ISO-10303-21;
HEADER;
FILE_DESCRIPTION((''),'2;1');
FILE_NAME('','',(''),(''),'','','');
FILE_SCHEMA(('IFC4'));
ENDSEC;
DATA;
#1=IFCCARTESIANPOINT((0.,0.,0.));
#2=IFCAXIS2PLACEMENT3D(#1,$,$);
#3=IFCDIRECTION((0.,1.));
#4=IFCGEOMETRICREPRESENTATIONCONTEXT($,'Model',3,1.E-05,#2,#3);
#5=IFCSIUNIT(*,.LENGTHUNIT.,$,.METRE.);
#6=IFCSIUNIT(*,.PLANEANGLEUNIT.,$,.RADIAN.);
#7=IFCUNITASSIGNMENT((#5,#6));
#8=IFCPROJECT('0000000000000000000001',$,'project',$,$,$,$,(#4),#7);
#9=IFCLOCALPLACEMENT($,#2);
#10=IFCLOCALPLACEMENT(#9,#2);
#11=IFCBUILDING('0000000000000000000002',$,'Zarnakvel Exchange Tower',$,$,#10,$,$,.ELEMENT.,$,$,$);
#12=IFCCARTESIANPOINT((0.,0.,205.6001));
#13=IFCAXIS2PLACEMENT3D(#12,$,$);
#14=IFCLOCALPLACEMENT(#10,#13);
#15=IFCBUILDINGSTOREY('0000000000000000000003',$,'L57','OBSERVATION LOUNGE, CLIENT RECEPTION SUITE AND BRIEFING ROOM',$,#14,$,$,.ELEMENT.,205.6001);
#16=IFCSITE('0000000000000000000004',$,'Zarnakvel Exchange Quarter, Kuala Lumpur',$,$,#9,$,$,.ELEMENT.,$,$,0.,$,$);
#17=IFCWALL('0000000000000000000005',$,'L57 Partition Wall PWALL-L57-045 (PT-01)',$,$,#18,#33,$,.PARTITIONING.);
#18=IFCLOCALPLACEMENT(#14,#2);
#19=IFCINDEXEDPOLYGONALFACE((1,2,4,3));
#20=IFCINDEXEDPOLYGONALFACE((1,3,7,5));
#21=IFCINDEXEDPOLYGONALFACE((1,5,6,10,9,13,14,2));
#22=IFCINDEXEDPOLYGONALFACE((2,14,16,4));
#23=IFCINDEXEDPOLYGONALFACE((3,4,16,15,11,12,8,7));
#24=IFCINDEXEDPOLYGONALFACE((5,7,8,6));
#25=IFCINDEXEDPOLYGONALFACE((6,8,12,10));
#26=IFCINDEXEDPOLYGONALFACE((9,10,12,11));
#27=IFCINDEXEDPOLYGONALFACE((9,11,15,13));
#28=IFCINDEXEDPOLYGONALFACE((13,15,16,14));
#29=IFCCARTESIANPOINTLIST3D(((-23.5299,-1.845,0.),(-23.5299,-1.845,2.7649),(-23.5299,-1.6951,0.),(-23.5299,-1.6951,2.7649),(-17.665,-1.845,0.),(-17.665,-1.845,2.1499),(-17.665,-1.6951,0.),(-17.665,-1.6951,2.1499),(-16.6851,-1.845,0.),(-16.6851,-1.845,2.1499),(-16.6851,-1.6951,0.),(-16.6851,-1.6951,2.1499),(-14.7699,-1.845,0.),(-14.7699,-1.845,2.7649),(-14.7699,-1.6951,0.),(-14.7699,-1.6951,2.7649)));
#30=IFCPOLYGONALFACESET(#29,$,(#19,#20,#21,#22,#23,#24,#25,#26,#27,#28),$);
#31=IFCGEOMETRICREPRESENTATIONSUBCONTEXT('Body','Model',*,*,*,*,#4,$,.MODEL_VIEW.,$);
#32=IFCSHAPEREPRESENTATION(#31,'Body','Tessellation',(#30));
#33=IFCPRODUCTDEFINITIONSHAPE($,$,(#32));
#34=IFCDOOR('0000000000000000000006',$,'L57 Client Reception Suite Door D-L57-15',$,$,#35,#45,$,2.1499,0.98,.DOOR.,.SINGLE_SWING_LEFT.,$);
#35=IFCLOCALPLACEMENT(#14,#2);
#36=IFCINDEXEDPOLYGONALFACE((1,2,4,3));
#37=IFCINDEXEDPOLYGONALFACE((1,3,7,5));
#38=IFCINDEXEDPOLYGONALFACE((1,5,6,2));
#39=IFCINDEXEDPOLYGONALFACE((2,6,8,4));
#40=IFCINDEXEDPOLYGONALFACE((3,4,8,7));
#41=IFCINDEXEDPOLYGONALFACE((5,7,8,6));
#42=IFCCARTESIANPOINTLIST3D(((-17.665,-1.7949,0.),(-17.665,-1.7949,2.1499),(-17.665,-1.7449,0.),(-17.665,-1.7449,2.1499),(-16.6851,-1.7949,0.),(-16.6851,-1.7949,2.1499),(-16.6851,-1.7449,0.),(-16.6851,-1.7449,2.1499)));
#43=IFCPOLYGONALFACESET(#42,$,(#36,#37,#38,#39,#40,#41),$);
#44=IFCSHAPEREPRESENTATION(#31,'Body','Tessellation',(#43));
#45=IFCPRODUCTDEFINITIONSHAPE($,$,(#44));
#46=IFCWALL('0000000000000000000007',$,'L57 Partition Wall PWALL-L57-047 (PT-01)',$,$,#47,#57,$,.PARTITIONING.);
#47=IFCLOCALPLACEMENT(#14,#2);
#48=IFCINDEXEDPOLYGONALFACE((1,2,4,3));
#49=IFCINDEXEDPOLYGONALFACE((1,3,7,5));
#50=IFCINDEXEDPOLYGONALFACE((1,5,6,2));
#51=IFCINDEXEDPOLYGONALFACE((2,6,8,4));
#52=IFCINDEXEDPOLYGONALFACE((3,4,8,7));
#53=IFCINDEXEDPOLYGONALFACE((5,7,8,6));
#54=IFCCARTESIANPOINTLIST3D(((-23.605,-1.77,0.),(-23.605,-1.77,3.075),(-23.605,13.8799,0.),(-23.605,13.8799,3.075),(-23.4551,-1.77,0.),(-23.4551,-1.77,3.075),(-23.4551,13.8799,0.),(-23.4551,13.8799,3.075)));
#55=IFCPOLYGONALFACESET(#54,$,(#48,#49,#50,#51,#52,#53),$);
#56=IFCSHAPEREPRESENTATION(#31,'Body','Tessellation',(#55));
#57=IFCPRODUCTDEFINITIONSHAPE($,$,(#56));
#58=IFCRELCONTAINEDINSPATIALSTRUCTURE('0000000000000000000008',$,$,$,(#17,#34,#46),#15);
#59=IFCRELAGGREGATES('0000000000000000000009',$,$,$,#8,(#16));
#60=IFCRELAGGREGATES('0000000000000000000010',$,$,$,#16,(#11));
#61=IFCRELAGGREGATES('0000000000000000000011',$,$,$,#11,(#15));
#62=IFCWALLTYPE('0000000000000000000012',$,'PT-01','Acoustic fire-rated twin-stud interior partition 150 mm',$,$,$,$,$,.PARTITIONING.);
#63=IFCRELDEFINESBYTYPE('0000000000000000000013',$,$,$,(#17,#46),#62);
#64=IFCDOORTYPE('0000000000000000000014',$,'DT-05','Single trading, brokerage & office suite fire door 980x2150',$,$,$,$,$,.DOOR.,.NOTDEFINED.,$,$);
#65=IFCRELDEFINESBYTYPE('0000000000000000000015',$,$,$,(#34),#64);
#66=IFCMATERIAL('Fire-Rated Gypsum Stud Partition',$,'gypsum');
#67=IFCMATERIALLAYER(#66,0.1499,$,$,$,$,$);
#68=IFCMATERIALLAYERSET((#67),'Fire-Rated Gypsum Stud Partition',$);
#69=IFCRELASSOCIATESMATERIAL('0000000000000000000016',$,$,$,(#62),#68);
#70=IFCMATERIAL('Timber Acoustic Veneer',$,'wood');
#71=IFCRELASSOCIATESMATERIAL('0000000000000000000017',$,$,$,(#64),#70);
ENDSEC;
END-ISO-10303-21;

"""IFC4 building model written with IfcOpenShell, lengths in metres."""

from ifc_helpers import new_model, si_unit, direction, frame, frame_2d, origin, place, context, subcontext, project, spatial, rectangle, extrude, source, transform, mapped, material, layer, layer_set, type_object, element, fill, save


model = new_model("IFC4")

# Units and contexts
model_context = context("Model", 3, precision=1e-05, world=origin(), true_north=direction((0.0, 1.0)))
body_context = subcontext(model_context, "Body", "Model", "MODEL_VIEW")
ifc_project = project(units=[si_unit("LENGTHUNIT", "METRE"), si_unit("PLANEANGLEUNIT", "RADIAN")], contexts=[model_context])

# Site, building, storey
site_placement = place(None, origin())
site = spatial("IfcSite", under=ifc_project, at=site_placement, Name="Zarnakvel Exchange Quarter, Kuala Lumpur", CompositionType="ELEMENT", RefElevation=0.0)
building_placement = place(site_placement, origin())
building = spatial("IfcBuilding", under=site, at=building_placement, Name="Zarnakvel Exchange Tower", CompositionType="ELEMENT")
storey_placement = place(building_placement, frame((0.0, 0.0, 205.6001)))
storey = spatial("IfcBuildingStorey", under=building, at=storey_placement, Name="L57", Description="OBSERVATION LOUNGE, CLIENT RECEPTION SUITE AND BRIEFING ROOM", CompositionType="ELEMENT", Elevation=205.6001)

# Shared definitions
ifc_material_1 = material(Name="Fire-Rated Gypsum Stud Partition", Category="gypsum")
ifc_layer_1 = layer(ifc_material_1, 0.1499)
ifc_layer_set_1 = layer_set([ifc_layer_1], Name="Fire-Rated Gypsum Stud Partition")
wall_type = type_object("IfcWallType", Name="PT-01", Description="Acoustic fire-rated twin-stud interior partition 150 mm", PredefinedType="PARTITIONING", material=ifc_layer_set_1)

# Wall, opening, door
wall_1_placement = place(storey_placement, frame((-14.77, -1.77, 0.0), z_axis=(0.0, 0.0, 1.0), x_axis=(-1.0, 0.0, 0.0)))
wall_1 = element("IfcWall", 1, at=wall_1_placement, inside=storey, type_object=wall_type, Name="L57 Partition Wall PWALL-L57-045 (PT-01)", PredefinedType="PARTITIONING", context=body_context, shape_type="SweptSolid", body=[
    extrude(rectangle(XDim=8.76, YDim=0.1499, at=frame_2d((4.3799, 0.0))), origin(), (0.0, 0.0, 1.0), 2.7649),
])
opening_placement = place(wall_1_placement, frame((1.915, 0.0, 0.0)))
opening = element("IfcOpeningElement", 2, at=opening_placement, cuts=wall_1, PredefinedType="OPENING", context=body_context, shape_type="SweptSolid", body=[
    extrude(rectangle(XDim=0.98, YDim=2.1499, at=frame_2d((0.49, 1.075))), frame((0.0, 0.085, 0.0), z_axis=(0.0, -1.0, 0.0), x_axis=(1.0, 0.0, 0.0)), (0.0, 0.0, 1.0), 0.1699),
])
ifc_material_2 = material(Name="Timber Acoustic Veneer", Category="wood")
door_type = type_object("IfcDoorType", Name="DT-05", Description="Single trading, brokerage & office suite fire door 980x2150", OperationType="NOTDEFINED", PredefinedType="DOOR", material=ifc_material_2)
shared_shape_1 = source(origin(), body_context, "Body", "SweptSolid", [
    extrude(rectangle(XDim=0.98, YDim=2.1499, at=frame_2d((0.49, 1.075))), frame((0.0, 0.0249, 0.0), z_axis=(0.0, -1.0, 0.0), x_axis=(1.0, 0.0, 0.0)), (0.0, 0.0, 1.0), 0.05),
])
door_placement = place(opening_placement, origin())
door = element("IfcDoor", 3, at=door_placement, inside=storey, type_object=door_type, Name="L57 Client Reception Suite Door D-L57-15", OperationType="SINGLE_SWING_LEFT", OverallHeight=2.1499, OverallWidth=0.98, PredefinedType="DOOR", context=body_context, shape_type="MappedRepresentation", body=[
    mapped(shared_shape_1, transform((0.0, 0.0, 0.0), x_axis=(1.0, 0.0, 0.0), y_axis=(0.0, 1.0, 0.0), z_axis=(0.0, 0.0, 1.0), scale=1.0)),
])
fill(opening, door)

# Wall
wall_2_placement = place(storey_placement, frame((-23.53, -1.77, 0.0), z_axis=(0.0, 0.0, 1.0), x_axis=(0.0, 1.0, 0.0)))
element("IfcWall", 4, at=wall_2_placement, inside=storey, type_object=wall_type, Name="L57 Partition Wall PWALL-L57-047 (PT-01)", PredefinedType="PARTITIONING", context=body_context, shape_type="SweptSolid", body=[
    extrude(rectangle(XDim=15.6499, YDim=0.1499, at=frame_2d((7.825, 0.0))), origin(), (0.0, 0.0, 1.0), 3.075),
])

save(model, "model.ifc")
